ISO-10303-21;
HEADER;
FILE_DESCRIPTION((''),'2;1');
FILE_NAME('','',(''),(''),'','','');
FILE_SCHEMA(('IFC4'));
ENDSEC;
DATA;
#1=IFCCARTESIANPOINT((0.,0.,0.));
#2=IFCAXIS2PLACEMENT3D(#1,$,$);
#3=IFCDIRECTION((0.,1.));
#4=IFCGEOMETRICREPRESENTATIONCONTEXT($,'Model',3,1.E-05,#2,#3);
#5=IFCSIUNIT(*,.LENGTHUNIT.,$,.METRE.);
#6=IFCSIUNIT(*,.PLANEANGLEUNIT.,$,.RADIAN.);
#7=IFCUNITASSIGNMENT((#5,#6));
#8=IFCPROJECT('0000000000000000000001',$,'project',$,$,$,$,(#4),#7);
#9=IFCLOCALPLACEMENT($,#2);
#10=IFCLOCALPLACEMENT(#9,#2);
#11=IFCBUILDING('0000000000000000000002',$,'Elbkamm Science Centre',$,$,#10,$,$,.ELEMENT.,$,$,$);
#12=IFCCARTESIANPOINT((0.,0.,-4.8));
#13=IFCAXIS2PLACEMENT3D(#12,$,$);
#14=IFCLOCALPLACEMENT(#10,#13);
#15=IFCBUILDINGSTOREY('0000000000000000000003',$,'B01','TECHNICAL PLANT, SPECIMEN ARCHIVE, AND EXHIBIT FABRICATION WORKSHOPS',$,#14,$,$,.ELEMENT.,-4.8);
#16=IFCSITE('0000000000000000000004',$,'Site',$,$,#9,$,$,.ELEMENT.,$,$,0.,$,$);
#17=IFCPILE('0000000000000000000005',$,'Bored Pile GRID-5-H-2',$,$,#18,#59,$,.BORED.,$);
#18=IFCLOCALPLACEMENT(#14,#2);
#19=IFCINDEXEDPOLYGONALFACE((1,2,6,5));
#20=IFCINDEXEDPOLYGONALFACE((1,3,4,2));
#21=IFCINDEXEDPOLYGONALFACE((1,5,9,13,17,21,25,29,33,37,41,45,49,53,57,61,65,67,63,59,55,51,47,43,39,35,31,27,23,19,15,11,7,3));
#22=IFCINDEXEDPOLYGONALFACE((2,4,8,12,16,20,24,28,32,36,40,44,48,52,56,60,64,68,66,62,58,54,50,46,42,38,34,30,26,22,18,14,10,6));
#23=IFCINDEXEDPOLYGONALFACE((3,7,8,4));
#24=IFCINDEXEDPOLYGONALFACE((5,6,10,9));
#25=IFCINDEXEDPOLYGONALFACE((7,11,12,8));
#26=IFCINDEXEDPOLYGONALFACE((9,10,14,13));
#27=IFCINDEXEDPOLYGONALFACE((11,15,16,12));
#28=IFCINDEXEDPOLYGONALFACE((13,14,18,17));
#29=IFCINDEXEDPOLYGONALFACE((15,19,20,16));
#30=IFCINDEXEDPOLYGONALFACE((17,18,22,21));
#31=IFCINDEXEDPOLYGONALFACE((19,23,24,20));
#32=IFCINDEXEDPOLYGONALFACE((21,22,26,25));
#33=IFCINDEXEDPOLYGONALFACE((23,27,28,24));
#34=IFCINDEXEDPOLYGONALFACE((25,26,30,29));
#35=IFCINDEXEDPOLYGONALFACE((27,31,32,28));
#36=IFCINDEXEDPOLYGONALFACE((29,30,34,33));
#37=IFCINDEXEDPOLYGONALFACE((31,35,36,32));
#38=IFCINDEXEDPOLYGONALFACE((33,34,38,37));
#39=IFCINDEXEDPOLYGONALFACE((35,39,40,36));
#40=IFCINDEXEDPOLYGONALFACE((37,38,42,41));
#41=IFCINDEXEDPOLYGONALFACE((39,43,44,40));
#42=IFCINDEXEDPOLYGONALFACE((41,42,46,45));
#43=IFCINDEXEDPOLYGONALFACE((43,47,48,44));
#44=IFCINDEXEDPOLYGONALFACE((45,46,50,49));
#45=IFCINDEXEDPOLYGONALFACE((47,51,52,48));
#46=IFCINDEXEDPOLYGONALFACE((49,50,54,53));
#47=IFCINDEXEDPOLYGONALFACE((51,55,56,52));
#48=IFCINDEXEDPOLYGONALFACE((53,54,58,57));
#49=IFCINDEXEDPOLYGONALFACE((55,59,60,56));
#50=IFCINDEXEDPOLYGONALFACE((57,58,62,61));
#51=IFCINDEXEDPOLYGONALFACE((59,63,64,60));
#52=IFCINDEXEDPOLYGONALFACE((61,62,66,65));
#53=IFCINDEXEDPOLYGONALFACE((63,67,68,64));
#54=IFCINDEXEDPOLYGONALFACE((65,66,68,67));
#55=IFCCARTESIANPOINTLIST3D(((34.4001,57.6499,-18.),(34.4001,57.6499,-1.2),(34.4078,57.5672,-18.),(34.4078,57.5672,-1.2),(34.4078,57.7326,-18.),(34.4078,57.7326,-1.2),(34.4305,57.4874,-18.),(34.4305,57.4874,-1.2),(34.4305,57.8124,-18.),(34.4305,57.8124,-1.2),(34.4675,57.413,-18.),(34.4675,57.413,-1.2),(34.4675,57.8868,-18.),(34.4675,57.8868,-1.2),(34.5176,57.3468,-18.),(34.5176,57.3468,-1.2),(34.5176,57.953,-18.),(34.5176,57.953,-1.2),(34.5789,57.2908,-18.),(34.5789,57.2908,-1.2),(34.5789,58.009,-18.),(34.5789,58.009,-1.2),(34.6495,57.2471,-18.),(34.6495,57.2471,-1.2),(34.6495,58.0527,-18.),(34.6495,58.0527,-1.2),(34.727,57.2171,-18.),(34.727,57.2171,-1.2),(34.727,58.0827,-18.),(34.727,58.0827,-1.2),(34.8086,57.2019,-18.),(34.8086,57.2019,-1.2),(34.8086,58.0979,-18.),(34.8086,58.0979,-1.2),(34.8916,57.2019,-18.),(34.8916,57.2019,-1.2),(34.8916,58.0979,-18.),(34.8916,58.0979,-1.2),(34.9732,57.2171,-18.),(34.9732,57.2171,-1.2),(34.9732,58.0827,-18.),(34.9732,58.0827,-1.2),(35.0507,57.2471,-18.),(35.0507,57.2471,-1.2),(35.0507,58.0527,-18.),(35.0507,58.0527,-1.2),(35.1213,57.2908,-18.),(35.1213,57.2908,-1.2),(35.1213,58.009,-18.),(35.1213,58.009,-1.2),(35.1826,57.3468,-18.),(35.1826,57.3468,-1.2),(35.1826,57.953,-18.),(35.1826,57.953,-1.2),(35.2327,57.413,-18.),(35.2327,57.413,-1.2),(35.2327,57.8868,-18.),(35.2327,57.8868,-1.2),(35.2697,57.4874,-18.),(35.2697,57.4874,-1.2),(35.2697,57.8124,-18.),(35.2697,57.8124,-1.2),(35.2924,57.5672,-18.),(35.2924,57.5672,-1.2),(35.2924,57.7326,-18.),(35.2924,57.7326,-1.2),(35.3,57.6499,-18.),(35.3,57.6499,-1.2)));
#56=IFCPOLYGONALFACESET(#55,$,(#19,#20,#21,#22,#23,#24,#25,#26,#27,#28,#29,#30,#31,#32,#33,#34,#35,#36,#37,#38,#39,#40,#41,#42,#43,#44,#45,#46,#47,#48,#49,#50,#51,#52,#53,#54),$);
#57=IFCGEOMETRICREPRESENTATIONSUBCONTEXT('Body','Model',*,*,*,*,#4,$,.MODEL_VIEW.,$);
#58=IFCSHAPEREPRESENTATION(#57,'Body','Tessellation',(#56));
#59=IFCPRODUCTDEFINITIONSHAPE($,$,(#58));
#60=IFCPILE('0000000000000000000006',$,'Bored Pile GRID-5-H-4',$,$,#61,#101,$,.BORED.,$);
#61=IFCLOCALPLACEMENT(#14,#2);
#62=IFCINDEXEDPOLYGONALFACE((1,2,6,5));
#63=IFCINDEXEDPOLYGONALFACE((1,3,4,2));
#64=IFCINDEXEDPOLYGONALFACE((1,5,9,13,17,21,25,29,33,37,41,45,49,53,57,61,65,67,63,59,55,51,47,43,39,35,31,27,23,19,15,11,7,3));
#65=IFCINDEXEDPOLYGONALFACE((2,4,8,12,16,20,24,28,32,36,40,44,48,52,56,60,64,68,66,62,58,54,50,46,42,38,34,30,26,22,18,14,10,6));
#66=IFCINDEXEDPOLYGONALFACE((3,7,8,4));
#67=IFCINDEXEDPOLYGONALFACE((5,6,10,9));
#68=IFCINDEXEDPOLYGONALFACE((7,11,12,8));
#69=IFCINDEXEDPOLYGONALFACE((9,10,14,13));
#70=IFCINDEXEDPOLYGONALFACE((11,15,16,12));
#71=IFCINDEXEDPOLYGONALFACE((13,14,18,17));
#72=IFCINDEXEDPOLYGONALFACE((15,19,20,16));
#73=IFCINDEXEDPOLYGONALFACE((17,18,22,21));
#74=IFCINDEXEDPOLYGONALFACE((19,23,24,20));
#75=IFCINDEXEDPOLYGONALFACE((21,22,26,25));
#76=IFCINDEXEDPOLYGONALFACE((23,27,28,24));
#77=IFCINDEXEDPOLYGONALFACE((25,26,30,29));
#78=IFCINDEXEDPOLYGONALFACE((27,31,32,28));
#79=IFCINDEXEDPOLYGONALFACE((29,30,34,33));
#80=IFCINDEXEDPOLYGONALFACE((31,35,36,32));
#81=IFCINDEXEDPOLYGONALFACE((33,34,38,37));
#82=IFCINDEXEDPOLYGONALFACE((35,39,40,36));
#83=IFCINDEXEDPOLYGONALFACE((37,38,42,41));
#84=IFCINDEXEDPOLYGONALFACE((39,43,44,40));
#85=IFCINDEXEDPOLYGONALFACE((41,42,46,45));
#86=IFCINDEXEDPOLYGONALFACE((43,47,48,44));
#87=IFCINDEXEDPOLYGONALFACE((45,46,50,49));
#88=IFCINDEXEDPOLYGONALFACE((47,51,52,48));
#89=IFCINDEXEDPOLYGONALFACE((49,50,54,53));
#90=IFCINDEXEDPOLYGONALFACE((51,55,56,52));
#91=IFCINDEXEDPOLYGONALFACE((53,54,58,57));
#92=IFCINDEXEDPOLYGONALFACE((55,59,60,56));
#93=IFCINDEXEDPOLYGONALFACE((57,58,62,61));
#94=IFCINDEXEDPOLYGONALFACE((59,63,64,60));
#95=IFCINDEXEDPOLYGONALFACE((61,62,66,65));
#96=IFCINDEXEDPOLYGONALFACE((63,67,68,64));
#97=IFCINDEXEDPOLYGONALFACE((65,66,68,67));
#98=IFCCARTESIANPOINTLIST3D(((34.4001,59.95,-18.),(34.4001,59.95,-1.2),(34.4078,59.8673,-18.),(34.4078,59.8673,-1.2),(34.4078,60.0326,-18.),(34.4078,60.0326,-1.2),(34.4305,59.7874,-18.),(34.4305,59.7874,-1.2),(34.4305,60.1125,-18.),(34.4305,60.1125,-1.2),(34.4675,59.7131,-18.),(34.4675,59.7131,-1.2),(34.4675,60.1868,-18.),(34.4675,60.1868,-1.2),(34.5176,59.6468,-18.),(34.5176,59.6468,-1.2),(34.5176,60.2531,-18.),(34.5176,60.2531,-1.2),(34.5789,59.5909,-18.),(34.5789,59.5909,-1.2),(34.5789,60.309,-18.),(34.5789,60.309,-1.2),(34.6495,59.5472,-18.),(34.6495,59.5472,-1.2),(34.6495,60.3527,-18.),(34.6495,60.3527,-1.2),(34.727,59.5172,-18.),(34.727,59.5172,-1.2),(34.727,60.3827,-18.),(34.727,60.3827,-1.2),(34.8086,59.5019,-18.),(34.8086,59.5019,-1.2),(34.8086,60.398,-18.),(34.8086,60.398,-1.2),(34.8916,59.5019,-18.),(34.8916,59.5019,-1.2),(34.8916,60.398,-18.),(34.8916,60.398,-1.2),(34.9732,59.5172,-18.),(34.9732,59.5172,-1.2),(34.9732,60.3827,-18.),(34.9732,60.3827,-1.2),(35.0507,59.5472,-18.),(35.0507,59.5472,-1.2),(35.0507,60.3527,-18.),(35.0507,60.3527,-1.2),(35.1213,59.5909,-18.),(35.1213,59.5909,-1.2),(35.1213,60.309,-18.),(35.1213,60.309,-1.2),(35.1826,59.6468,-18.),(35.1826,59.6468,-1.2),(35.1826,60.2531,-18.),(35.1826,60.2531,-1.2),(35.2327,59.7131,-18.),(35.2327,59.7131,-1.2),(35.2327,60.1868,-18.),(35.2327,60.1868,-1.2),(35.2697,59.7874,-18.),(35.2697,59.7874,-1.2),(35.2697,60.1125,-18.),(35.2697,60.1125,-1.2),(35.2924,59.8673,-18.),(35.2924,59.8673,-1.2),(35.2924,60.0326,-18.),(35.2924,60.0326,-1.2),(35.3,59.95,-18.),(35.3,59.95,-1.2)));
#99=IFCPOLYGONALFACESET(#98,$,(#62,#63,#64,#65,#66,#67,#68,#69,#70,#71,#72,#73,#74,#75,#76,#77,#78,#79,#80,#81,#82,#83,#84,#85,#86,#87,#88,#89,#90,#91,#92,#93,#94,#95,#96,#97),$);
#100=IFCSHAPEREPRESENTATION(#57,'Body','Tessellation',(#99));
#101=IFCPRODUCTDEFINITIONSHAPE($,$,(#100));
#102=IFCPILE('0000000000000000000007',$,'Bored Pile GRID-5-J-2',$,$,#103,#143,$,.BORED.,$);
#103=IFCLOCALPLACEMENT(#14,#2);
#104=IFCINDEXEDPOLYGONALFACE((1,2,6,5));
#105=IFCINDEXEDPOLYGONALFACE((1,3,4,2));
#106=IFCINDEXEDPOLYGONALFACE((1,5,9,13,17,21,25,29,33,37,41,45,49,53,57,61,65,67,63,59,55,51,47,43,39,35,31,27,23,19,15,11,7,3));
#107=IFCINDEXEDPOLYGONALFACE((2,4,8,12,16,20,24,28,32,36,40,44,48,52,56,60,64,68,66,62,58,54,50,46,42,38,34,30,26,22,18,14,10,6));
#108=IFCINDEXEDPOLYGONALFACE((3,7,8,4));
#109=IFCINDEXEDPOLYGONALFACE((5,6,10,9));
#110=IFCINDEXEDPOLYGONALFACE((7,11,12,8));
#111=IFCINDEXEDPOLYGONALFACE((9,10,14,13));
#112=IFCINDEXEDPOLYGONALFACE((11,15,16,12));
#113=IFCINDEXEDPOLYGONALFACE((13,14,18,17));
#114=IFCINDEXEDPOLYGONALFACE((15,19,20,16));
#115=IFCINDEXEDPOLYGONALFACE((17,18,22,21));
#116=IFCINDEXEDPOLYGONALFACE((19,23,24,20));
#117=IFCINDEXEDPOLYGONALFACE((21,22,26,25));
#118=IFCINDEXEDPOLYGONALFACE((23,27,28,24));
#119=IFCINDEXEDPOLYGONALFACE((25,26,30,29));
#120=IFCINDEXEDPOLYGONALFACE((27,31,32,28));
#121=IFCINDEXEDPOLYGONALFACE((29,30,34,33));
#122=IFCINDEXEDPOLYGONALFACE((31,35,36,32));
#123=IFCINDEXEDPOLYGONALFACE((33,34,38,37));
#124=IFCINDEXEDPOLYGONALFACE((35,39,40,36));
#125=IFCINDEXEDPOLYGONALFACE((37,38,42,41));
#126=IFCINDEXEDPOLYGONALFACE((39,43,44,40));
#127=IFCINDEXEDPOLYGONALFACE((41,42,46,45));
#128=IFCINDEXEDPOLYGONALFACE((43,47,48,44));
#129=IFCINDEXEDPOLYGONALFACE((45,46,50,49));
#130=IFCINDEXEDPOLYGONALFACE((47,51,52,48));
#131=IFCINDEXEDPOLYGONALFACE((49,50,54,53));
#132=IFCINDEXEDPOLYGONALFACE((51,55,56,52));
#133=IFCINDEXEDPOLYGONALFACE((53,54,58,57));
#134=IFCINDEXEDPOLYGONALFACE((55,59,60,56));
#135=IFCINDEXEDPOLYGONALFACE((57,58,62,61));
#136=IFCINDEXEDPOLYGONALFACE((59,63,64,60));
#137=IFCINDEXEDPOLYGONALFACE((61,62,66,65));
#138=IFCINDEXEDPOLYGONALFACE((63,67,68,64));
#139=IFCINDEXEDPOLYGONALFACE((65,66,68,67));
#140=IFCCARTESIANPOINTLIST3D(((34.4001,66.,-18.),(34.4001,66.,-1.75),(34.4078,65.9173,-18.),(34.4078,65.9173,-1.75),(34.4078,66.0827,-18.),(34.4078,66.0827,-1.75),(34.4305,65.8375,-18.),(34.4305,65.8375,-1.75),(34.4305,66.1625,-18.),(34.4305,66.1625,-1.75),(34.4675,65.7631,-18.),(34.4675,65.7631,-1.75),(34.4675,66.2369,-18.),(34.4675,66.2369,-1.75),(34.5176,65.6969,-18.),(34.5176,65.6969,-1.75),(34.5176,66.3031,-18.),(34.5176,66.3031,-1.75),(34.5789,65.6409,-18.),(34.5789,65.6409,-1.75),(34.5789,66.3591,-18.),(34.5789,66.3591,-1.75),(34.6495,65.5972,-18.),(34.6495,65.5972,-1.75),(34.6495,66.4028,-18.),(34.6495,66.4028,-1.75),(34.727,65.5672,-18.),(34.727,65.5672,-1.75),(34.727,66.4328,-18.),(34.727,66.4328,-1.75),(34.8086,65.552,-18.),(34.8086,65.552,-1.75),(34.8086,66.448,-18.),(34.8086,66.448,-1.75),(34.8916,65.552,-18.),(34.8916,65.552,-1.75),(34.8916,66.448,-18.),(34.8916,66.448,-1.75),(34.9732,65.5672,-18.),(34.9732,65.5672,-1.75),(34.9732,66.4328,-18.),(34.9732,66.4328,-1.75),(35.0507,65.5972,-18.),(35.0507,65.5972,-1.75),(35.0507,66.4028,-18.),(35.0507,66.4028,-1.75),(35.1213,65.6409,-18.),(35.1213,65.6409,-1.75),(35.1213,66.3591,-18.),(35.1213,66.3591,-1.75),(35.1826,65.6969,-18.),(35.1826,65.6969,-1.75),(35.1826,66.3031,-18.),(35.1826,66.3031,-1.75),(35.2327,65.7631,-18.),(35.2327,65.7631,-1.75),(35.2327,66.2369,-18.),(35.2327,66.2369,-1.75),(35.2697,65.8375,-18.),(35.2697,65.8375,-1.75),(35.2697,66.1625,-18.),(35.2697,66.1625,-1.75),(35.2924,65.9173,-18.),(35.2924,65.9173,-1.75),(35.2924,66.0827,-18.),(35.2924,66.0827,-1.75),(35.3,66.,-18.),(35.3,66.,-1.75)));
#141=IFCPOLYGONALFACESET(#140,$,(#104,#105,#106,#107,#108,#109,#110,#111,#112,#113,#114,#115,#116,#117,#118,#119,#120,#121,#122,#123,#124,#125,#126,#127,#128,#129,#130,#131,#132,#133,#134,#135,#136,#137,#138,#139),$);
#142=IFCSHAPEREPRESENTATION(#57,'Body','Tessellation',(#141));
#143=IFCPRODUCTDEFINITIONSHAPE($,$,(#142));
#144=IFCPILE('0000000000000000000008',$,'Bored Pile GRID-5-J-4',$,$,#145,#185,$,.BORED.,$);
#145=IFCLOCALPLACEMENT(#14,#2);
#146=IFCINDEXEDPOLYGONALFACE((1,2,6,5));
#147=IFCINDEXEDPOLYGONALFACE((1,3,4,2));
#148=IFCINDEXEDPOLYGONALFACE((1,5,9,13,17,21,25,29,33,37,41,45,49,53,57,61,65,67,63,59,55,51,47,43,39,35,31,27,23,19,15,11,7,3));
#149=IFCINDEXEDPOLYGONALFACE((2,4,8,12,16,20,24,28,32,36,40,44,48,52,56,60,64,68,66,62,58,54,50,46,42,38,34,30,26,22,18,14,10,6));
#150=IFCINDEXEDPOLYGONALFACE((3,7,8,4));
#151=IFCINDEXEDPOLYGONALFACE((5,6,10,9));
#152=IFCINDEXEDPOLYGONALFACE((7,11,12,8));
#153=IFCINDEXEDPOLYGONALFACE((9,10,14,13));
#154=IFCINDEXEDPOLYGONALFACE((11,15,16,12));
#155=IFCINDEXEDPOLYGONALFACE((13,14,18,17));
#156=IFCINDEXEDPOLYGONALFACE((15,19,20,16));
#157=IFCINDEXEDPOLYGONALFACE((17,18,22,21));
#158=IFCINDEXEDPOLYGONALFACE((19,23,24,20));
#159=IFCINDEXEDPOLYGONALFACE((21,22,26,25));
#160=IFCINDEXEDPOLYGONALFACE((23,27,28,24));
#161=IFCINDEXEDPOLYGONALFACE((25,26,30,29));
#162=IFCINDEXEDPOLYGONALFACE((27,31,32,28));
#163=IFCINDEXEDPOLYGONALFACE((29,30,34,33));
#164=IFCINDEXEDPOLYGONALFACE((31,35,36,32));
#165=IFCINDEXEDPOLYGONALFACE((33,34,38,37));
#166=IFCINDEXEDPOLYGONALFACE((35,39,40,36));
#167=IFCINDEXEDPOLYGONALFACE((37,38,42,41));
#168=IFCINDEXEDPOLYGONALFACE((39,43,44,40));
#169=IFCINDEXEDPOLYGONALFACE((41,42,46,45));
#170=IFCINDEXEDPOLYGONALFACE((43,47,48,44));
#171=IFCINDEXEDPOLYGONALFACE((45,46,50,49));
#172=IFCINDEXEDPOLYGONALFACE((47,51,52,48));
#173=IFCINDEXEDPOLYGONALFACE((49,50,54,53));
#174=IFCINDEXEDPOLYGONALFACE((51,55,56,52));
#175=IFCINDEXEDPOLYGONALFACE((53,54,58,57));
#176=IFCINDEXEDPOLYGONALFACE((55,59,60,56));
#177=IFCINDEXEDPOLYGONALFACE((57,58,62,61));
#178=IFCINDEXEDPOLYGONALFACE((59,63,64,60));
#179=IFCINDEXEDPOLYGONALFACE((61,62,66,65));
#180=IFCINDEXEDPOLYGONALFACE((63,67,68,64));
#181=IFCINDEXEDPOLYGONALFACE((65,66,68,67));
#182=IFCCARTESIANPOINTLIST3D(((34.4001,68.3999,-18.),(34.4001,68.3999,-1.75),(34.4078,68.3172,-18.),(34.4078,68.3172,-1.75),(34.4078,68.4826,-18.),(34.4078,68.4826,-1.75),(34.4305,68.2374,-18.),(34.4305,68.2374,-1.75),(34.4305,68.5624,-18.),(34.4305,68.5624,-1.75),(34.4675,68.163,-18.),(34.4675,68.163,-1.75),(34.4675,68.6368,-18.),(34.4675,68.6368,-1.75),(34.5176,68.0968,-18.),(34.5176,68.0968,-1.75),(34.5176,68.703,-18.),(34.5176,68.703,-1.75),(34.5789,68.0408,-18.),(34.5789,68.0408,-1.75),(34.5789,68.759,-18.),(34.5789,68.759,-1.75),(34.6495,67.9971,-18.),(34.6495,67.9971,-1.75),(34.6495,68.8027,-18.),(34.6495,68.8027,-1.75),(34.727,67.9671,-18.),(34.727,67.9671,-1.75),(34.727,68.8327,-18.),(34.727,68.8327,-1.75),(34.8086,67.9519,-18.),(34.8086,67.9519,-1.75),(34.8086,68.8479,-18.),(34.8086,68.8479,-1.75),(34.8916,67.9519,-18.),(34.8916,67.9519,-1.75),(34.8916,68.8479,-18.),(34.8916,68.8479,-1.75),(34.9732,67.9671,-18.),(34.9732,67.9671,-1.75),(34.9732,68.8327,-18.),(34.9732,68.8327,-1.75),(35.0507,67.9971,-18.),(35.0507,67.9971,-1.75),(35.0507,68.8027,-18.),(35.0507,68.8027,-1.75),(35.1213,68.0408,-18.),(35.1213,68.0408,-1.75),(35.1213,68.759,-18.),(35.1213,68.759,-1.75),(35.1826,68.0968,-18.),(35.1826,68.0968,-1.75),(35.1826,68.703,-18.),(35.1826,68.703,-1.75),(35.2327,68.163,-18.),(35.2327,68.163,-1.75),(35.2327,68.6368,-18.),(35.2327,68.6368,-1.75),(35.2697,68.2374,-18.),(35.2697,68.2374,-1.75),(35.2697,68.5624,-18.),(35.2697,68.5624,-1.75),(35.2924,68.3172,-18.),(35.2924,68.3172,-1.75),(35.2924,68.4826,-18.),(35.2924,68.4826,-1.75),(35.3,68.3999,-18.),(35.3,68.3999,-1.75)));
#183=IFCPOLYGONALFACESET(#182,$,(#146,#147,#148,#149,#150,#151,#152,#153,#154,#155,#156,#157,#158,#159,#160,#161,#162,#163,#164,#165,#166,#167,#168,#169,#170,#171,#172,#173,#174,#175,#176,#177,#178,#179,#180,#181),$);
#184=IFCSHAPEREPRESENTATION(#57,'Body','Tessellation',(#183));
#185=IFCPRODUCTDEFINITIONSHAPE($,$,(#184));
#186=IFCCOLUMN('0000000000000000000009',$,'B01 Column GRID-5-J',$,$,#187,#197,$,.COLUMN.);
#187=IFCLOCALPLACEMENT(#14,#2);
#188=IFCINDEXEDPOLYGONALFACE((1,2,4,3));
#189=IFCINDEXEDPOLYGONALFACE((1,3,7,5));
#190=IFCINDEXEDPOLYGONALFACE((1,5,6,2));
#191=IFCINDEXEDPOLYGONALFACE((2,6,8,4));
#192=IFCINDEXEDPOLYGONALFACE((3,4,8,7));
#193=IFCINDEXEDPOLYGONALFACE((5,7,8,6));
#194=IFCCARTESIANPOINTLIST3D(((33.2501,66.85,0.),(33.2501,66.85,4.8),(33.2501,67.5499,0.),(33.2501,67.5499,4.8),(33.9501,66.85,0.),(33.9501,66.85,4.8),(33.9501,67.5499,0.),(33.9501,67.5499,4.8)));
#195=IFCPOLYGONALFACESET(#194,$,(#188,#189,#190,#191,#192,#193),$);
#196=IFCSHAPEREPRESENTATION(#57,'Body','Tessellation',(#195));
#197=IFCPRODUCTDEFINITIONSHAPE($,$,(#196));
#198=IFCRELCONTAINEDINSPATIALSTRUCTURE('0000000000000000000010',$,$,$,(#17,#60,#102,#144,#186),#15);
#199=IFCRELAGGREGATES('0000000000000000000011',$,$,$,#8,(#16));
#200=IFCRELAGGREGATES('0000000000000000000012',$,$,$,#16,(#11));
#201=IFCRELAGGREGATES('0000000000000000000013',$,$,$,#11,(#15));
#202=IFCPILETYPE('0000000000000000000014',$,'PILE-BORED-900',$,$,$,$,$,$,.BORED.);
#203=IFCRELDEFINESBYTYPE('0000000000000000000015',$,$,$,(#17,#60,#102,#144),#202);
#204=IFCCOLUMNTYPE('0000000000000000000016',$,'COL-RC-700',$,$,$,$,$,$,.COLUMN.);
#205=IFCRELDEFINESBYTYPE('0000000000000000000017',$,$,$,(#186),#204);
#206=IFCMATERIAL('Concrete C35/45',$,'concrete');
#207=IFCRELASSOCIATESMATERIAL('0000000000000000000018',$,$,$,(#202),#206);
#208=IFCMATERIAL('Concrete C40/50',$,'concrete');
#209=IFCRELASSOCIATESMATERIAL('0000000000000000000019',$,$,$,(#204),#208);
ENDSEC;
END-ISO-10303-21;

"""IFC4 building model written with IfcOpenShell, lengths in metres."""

from ifc_helpers import new_model, si_unit, direction, frame, origin, origin_2d, place, context, subcontext, project, spatial, rectangle, circle, extrude, material, material_profile, profile_set, type_object, element, save


model = new_model("IFC4")

# Units and contexts
model_context = context("Model", 3, precision=1e-05, world=origin(), true_north=direction((0.0, 1.0)))
body_context = subcontext(model_context, "Body", "Model", "MODEL_VIEW")
ifc_project = project(units=[si_unit("LENGTHUNIT", "METRE"), si_unit("PLANEANGLEUNIT", "RADIAN")], contexts=[model_context])

# Site, building, storey
site_placement = place(None, origin())
site = spatial("IfcSite", under=ifc_project, at=site_placement, Name="Site", CompositionType="ELEMENT", RefElevation=0.0)
building_placement = place(site_placement, origin())
building = spatial("IfcBuilding", under=site, at=building_placement, Name="Elbkamm Science Centre", CompositionType="ELEMENT")
storey_placement = place(building_placement, frame((0.0, 0.0, -4.8)))
storey = spatial("IfcBuildingStorey", under=building, at=storey_placement, Name="B01", Description="TECHNICAL PLANT, SPECIMEN ARCHIVE, AND EXHIBIT FABRICATION WORKSHOPS", CompositionType="ELEMENT", Elevation=-4.8)

# Shared definitions
ifc_material_1 = material(Name="Concrete C35/45", Category="concrete")

# Piles
ifc_material_profile_1 = material_profile(ifc_material_1, circle(Radius=0.45, at=origin_2d()), Name="PILE D900")
ifc_profile_set_1 = profile_set([ifc_material_profile_1], Name="Concrete C35/45")
pile_type = type_object("IfcPileType", Name="PILE-BORED-900", PredefinedType="BORED", material=ifc_profile_set_1)
for number, where, z_axis, x_axis, name in (
    (1, (34.8501, 57.6499, -1.2), (0.0, 0.0, -1.0), (1.0, 0.0, 0.0), "Bored Pile GRID-5-H-2"),
    (2, (34.8501, 59.95, -1.2), (0.0, 0.0, -1.0), (1.0, 0.0, 0.0), "Bored Pile GRID-5-H-4"),
):
    element("IfcPile", number, at=place(storey_placement, frame(where, z_axis=z_axis, x_axis=x_axis)), inside=storey, type_object=pile_type, Name=name, PredefinedType="BORED", context=body_context, shape_type="SweptSolid", body=[
        extrude(circle(Radius=0.45, at=origin_2d()), origin(), (0.0, 0.0, 1.0), 16.8),
    ])
for number, where, z_axis, x_axis, name in (
    (3, (34.8501, 66.0, -1.75), (0.0, 0.0, -1.0), (1.0, 0.0, 0.0), "Bored Pile GRID-5-J-2"),
    (4, (34.8501, 68.3999, -1.75), (0.0, 0.0, -1.0), (1.0, 0.0, 0.0), "Bored Pile GRID-5-J-4"),
):
    element("IfcPile", number, at=place(storey_placement, frame(where, z_axis=z_axis, x_axis=x_axis)), inside=storey, type_object=pile_type, Name=name, PredefinedType="BORED", context=body_context, shape_type="SweptSolid", body=[
        extrude(circle(Radius=0.45, at=origin_2d()), origin(), (0.0, 0.0, 1.0), 16.25),
    ])

# Column
ifc_material_2 = material(Name="Concrete C40/50", Category="concrete")
ifc_material_profile_2 = material_profile(ifc_material_2, rectangle(XDim=0.7, YDim=0.7, at=origin_2d()), Name="RC 700x700")
ifc_profile_set_2 = profile_set([ifc_material_profile_2], Name="Concrete C40/50")
column_type_1 = type_object("IfcColumnType", Name="COL-RC-700", PredefinedType="COLUMN", material=ifc_profile_set_2)
column_placement = place(storey_placement, frame((33.6001, 67.2, 0.0), z_axis=(0.0, 0.0, 1.0), x_axis=(1.0, 0.0, 0.0)))
element("IfcColumn", 5, at=column_placement, inside=storey, type_object=column_type_1, Name="B01 Column GRID-5-J", PredefinedType="COLUMN", context=body_context, shape_type="SweptSolid", body=[
    extrude(rectangle(XDim=0.7, YDim=0.7, at=origin_2d()), origin(), (0.0, 0.0, 1.0), 4.8),
])

save(model, "model.ifc")
